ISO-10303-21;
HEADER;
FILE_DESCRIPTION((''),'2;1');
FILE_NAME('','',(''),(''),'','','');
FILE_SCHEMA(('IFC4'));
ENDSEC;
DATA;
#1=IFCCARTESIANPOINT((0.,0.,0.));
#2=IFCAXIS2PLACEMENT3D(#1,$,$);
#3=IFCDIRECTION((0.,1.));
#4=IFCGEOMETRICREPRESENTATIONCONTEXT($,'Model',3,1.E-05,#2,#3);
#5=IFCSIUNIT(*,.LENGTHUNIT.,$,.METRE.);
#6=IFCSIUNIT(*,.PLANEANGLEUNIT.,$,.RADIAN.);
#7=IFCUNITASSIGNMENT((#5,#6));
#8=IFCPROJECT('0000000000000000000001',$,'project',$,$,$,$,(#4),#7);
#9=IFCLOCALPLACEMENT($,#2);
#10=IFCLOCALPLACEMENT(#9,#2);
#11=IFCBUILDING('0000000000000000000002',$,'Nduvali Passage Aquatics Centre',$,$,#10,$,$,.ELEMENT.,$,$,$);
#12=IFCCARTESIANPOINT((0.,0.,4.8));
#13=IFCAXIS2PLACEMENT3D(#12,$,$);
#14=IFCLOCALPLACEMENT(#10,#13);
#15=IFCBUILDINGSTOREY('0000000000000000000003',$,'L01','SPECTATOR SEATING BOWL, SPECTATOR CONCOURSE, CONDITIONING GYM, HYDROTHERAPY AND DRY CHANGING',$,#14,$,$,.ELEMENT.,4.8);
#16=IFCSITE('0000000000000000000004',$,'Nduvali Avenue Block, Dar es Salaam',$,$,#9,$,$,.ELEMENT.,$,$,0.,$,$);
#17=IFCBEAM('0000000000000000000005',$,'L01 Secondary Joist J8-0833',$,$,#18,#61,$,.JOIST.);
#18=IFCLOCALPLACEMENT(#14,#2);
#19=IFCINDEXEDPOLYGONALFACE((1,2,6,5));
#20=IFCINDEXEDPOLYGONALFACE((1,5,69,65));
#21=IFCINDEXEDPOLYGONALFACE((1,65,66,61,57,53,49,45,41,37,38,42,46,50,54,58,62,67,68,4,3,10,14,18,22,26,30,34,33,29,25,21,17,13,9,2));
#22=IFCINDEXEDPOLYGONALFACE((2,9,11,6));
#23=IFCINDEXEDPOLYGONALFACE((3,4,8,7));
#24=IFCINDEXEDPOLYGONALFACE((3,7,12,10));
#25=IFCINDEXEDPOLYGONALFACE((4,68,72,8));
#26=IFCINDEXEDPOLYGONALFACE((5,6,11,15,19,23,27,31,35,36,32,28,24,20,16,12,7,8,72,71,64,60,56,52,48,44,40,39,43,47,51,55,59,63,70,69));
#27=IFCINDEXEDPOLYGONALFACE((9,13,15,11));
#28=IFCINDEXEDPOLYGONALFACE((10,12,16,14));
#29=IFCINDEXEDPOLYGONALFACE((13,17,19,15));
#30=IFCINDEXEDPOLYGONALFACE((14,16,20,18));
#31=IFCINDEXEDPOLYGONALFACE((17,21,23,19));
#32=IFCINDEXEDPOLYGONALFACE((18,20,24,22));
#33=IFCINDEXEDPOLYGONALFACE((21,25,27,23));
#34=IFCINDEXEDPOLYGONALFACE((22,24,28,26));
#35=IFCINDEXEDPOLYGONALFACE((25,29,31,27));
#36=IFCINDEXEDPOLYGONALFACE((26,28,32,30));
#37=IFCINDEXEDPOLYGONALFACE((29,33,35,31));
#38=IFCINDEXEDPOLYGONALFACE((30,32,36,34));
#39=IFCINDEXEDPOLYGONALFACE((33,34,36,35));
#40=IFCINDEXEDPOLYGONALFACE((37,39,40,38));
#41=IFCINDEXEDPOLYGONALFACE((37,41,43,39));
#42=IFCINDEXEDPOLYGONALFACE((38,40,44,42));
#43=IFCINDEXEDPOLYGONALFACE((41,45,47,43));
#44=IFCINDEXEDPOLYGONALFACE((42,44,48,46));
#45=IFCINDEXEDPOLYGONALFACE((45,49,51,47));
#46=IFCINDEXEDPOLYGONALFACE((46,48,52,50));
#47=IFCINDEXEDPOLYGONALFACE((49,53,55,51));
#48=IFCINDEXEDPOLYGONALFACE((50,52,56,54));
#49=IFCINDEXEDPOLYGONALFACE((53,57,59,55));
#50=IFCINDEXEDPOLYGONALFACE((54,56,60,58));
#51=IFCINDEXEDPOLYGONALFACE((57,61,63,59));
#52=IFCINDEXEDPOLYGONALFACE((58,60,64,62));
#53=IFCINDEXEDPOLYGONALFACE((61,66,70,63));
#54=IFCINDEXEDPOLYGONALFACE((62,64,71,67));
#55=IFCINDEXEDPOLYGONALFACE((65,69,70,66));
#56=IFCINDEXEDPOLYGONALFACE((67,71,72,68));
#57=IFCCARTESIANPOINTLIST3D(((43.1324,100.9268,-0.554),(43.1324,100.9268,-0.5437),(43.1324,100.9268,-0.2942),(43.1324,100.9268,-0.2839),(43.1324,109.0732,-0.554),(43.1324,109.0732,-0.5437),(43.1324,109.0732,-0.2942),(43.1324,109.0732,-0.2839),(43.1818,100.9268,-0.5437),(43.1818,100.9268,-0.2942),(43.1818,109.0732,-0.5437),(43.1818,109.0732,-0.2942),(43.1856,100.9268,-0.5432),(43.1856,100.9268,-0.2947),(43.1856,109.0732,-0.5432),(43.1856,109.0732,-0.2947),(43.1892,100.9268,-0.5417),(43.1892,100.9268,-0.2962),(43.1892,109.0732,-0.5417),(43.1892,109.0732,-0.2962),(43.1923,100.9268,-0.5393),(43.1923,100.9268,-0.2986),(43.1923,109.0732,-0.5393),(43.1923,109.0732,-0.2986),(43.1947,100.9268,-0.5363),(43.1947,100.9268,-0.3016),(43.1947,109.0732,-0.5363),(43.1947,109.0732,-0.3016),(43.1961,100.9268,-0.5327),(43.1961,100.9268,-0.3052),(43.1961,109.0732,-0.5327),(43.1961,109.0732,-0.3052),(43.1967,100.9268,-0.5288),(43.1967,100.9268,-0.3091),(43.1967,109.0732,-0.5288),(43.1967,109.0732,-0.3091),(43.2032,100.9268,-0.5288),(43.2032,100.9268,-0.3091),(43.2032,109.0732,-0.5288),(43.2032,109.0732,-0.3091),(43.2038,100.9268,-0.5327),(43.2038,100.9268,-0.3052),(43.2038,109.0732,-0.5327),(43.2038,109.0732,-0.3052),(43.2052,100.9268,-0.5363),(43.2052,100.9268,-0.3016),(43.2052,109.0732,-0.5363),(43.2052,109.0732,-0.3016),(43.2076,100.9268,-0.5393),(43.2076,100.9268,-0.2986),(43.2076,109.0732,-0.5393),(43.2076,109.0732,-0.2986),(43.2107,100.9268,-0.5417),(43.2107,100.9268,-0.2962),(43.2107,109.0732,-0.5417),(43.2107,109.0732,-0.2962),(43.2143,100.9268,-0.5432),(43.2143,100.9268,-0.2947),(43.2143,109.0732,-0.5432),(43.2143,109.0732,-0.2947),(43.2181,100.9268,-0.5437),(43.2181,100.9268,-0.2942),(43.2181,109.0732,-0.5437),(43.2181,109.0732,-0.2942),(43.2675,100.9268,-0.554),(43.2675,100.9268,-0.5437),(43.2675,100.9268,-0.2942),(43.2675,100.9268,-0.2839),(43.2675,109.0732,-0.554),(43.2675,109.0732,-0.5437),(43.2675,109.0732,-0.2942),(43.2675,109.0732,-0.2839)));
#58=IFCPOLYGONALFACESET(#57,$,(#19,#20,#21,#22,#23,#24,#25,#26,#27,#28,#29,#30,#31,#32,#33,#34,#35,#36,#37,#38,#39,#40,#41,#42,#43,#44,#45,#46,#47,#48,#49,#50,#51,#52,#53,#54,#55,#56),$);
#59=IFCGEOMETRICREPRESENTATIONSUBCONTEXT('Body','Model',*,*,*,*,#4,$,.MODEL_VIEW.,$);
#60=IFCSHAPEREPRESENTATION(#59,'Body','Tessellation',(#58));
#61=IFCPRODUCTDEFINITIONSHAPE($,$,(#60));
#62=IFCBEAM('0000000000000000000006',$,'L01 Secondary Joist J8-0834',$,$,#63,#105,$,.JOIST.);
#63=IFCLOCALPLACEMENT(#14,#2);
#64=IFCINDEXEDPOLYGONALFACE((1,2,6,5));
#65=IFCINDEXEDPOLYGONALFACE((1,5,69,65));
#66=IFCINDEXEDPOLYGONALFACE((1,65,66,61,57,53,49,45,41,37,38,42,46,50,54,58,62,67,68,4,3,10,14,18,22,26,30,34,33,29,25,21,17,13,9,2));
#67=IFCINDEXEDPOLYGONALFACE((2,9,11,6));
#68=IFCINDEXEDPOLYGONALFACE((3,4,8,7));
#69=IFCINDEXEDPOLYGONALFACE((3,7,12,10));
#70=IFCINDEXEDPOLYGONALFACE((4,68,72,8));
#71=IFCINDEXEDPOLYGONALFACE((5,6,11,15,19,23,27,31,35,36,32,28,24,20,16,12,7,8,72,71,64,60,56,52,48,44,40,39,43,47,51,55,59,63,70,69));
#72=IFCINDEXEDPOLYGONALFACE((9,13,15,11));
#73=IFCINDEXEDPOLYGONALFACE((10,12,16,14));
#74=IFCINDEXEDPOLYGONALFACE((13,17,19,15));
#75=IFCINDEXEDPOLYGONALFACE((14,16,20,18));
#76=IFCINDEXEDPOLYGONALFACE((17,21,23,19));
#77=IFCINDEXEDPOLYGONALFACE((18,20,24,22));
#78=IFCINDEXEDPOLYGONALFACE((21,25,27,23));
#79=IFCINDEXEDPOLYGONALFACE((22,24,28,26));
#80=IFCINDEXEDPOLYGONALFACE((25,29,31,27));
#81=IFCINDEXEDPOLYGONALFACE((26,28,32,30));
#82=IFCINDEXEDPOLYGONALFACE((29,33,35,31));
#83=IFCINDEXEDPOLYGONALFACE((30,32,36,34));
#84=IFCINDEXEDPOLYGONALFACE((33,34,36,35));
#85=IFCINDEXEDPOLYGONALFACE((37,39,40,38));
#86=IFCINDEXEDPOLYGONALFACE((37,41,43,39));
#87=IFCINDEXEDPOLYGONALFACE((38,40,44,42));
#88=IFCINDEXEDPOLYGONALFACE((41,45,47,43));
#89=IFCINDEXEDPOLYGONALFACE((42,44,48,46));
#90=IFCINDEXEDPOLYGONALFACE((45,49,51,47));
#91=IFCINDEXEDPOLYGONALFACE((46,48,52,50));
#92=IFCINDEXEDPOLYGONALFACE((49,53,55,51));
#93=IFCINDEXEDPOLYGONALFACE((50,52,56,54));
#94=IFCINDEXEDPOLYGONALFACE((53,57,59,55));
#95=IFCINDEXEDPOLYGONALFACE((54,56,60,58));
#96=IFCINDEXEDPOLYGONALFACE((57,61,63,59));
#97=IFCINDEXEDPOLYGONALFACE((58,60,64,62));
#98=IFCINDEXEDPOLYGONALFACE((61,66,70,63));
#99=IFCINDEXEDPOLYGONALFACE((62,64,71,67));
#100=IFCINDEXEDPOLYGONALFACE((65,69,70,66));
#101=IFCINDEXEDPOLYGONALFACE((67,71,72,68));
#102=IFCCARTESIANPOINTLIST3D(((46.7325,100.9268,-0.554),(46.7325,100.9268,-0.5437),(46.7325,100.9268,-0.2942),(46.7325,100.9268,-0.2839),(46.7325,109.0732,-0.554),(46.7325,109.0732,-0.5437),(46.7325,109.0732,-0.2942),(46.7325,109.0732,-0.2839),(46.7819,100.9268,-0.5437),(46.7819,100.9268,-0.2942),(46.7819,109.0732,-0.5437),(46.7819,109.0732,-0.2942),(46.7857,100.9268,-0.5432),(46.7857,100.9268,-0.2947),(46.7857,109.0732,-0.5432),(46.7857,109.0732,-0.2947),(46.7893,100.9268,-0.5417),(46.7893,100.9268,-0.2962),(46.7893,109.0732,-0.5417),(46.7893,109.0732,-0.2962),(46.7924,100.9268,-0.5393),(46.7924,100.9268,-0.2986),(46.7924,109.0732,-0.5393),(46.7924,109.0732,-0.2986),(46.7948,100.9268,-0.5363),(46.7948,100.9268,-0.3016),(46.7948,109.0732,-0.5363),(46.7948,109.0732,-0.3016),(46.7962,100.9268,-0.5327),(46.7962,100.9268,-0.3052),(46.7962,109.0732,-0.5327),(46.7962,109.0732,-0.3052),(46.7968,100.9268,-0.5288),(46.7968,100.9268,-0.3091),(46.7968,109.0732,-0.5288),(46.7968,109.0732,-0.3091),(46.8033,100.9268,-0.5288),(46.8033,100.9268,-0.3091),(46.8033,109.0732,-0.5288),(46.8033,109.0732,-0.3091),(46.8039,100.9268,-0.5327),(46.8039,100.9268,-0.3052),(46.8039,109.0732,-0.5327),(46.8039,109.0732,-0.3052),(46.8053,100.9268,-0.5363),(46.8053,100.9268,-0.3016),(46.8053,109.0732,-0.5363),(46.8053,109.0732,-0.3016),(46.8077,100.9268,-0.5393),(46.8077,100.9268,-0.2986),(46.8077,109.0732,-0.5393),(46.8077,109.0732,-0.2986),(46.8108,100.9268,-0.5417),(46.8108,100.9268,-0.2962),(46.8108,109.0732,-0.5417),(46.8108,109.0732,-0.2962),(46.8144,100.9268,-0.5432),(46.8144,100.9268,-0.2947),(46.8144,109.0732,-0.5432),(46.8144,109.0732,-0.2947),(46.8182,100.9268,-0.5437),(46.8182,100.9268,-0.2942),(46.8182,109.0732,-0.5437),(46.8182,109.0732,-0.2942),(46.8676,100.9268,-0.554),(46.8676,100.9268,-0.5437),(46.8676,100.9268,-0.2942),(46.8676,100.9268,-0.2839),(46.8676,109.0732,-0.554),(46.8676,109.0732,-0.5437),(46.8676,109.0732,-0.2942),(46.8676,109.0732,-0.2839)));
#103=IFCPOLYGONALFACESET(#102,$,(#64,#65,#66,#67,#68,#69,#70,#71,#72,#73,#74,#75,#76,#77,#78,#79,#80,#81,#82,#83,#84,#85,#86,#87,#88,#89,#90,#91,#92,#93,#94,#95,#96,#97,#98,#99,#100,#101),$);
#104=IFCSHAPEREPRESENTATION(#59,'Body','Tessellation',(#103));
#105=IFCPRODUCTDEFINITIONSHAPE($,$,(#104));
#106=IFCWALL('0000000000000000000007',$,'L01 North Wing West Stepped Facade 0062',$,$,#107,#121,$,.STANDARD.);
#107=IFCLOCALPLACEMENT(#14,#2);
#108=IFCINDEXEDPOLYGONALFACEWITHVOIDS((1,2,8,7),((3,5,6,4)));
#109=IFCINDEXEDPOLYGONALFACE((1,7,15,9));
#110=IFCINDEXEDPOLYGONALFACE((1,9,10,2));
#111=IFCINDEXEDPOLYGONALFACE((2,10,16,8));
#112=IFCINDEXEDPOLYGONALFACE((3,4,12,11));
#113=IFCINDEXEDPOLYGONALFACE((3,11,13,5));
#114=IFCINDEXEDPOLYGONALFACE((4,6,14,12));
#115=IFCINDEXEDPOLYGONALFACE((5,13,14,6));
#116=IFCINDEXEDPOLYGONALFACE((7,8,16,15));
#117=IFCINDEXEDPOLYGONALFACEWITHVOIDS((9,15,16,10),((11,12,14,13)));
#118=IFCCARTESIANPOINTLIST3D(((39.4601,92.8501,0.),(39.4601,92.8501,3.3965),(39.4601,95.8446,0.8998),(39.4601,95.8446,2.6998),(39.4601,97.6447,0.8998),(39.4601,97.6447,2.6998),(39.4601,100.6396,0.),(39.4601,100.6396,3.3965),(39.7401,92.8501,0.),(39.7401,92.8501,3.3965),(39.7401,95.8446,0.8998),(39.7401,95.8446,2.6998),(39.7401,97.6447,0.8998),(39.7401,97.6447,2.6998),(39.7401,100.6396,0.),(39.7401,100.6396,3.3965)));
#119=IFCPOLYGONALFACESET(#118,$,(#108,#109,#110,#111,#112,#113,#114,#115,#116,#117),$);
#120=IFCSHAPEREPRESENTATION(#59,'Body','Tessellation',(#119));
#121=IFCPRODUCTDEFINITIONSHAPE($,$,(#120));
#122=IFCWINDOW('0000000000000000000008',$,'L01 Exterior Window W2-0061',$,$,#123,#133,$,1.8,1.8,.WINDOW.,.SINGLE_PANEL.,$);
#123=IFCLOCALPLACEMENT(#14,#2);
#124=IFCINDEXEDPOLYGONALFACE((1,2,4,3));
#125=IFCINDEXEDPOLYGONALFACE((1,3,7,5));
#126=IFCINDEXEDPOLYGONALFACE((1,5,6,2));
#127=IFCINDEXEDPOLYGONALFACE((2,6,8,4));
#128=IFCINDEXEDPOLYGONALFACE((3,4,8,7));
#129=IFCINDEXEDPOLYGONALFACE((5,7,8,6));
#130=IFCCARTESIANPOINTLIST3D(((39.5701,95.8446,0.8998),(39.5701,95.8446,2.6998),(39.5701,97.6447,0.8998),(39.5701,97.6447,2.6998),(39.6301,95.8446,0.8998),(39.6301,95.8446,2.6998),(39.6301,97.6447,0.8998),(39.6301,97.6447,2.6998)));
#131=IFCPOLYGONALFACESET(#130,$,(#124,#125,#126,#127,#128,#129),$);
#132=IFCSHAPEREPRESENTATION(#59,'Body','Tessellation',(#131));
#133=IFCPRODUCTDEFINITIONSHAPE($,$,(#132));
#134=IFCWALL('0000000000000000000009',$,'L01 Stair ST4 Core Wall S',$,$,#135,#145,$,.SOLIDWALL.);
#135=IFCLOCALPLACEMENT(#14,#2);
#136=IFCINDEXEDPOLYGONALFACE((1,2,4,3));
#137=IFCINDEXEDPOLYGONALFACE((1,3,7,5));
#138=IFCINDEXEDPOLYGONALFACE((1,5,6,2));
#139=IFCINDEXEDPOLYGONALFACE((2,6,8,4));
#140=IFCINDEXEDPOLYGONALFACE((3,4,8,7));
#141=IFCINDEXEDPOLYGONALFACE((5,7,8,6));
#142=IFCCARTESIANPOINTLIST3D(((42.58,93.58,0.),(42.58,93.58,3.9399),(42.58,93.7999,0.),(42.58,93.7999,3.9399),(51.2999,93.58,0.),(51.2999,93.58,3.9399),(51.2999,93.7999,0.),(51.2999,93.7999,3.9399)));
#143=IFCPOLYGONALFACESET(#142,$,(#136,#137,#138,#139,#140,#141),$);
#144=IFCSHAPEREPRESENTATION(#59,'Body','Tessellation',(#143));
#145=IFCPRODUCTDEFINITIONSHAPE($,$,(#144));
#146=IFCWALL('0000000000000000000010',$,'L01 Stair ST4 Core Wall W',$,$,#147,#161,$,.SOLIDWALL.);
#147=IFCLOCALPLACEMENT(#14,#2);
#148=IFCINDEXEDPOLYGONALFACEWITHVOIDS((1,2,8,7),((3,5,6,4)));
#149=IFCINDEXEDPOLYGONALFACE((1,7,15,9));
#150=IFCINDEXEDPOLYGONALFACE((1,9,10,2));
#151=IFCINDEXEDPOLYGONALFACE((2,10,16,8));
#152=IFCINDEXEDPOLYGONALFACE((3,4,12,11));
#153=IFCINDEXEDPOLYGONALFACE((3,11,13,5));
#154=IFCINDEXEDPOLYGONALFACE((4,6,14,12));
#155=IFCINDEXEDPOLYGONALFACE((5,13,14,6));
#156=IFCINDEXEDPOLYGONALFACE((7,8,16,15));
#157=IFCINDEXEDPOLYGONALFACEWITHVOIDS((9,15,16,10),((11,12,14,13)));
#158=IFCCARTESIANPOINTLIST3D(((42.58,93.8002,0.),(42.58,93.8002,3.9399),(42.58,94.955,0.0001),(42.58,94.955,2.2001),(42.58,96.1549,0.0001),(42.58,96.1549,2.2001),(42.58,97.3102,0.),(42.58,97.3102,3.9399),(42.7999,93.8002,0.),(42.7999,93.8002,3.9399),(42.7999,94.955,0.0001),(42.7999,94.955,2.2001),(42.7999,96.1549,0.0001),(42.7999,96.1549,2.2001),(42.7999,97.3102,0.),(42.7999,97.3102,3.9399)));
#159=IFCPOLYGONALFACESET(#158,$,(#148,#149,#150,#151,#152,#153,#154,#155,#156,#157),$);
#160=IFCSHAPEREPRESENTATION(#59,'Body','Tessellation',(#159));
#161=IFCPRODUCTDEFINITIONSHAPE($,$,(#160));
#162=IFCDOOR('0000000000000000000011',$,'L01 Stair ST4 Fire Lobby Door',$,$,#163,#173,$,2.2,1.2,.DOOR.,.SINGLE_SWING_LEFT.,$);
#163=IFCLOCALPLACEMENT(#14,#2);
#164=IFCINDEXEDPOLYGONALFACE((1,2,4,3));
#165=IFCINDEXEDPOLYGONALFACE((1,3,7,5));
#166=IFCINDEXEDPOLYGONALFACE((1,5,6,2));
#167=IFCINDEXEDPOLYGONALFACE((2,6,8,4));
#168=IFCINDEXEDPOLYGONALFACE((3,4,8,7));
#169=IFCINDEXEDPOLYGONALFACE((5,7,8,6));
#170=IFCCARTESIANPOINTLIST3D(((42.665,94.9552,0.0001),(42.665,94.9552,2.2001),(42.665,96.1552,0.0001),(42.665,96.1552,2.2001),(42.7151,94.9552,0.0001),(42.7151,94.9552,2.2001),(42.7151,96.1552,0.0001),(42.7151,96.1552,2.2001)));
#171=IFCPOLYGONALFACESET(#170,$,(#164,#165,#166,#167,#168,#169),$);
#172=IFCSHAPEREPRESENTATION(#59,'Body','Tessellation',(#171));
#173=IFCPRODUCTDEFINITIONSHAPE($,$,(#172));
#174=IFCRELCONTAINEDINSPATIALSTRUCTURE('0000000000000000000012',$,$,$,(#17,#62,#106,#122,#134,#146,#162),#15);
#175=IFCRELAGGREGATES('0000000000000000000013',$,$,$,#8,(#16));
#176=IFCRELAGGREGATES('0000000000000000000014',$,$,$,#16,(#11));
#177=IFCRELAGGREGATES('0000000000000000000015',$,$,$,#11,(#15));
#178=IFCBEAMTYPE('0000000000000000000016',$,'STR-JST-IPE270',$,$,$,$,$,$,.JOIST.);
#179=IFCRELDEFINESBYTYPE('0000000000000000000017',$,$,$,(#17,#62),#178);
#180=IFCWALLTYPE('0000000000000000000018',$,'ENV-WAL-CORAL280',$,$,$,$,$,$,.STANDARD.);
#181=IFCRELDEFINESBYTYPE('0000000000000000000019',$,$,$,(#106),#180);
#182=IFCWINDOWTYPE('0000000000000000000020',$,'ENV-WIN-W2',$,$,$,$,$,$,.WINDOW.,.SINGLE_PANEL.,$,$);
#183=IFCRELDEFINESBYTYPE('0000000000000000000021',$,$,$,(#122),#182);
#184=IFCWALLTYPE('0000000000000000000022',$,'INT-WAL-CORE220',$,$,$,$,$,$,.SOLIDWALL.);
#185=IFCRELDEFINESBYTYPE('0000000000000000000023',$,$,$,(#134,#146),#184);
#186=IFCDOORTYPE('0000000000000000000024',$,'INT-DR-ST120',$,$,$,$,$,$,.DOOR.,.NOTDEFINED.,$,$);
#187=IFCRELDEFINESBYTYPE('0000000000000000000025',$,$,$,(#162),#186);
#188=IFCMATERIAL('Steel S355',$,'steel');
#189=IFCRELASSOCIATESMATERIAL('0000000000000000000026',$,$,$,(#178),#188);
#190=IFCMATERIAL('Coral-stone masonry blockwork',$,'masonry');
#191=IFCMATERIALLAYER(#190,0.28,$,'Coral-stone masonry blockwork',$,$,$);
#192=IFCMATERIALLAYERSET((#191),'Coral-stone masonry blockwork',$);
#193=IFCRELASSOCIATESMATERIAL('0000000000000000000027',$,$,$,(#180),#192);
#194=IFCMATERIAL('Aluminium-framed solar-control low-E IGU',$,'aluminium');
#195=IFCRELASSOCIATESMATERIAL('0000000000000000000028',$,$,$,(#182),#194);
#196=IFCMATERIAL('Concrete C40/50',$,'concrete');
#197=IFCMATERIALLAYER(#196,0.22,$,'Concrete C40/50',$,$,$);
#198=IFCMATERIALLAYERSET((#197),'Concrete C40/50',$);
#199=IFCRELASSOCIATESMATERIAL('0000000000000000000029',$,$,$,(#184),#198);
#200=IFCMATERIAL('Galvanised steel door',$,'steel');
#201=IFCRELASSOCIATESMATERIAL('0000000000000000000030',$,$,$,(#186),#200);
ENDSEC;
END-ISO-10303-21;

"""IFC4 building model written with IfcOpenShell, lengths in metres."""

from ifc_helpers import new_model, si_unit, direction, frame, frame_2d, origin, origin_2d, place, context, subcontext, project, spatial, rectangle, i_section, extrude, material, layer, layer_set, material_profile, profile_set, type_object, element, fill, save


model = new_model("IFC4")

# Units and contexts
model_context = context("Model", 3, precision=1e-05, world=origin(), true_north=direction((0.0, 1.0)))
body_context = subcontext(model_context, "Body", "Model", "MODEL_VIEW")
ifc_project = project(units=[si_unit("LENGTHUNIT", "METRE"), si_unit("PLANEANGLEUNIT", "RADIAN")], contexts=[model_context])

# Site, building, storey
site_placement = place(None, origin())
site = spatial("IfcSite", under=ifc_project, at=site_placement, Name="Nduvali Avenue Block, Dar es Salaam", CompositionType="ELEMENT", RefElevation=0.0)
building_placement = place(site_placement, origin())
building = spatial("IfcBuilding", under=site, at=building_placement, Name="Nduvali Passage Aquatics Centre", CompositionType="ELEMENT")
storey_placement = place(building_placement, frame((0.0, 0.0, 4.8)))
storey = spatial("IfcBuildingStorey", under=building, at=storey_placement, Name="L01", Description="SPECTATOR SEATING BOWL, SPECTATOR CONCOURSE, CONDITIONING GYM, HYDROTHERAPY AND DRY CHANGING", CompositionType="ELEMENT", Elevation=4.8)

# Shared definitions
ifc_material_1 = material(Name="Steel S355", Category="steel")

# Beams
ifc_material_profile_1 = material_profile(ifc_material_1, i_section(OverallWidth=0.135, OverallDepth=0.27, WebThickness=0.0066, FlangeThickness=0.0103, FilletRadius=0.0149, at=origin_2d()), Name="IPE 270")
ifc_profile_set_1 = profile_set([ifc_material_profile_1], Name="Steel S355")
beam_type_1 = type_object("IfcBeamType", Name="STR-JST-IPE270", PredefinedType="JOIST", material=ifc_profile_set_1)
for number, where, z_axis, x_axis, name in (
    (1, (43.2, 100.9268, -0.4189), (0.0, 1.0, 0.0), (-1.0, 0.0, 0.0), "L01 Secondary Joist J8-0833"),
    (2, (46.8, 100.9268, -0.4189), (0.0, 1.0, 0.0), (-1.0, 0.0, 0.0), "L01 Secondary Joist J8-0834"),
):
    element("IfcBeam", number, at=place(storey_placement, frame(where, z_axis=z_axis, x_axis=x_axis)), inside=storey, type_object=beam_type_1, Name=name, PredefinedType="JOIST", context=body_context, shape_type="SweptSolid", body=[
        extrude(i_section(OverallWidth=0.135, OverallDepth=0.27, WebThickness=0.0066, FlangeThickness=0.0103, FilletRadius=0.0149, at=origin_2d()), origin(), (0.0, 0.0, 1.0), 8.1465),
    ])

# Wall, opening, window
ifc_material_2 = material(Name="Coral-stone masonry blockwork", Category="masonry")
ifc_layer_1 = layer(ifc_material_2, 0.28, Name="Coral-stone masonry blockwork")
ifc_layer_set_1 = layer_set([ifc_layer_1], Name="Coral-stone masonry blockwork")
wall_type_1 = type_object("IfcWallType", Name="ENV-WAL-CORAL280", PredefinedType="STANDARD", material=ifc_layer_set_1)
wall_1_placement = place(storey_placement, frame((39.6001, 100.6396, 0.0), z_axis=(0.0, 0.0, 1.0), x_axis=(0.0, -1.0, 0.0)))
wall_1 = element("IfcWall", 3, at=wall_1_placement, inside=storey, type_object=wall_type_1, Name="L01 North Wing West Stepped Facade 0062", PredefinedType="STANDARD", context=body_context, shape_type="SweptSolid", body=[
    extrude(rectangle(XDim=7.7896, YDim=0.28, at=frame_2d((3.8948, 0.0))), origin(), (0.0, 0.0, 1.0), 3.3965),
])
opening_1_placement = place(wall_1_placement, frame((2.9951, 0.0, 0.8999)))
opening_1 = element("IfcOpeningElement", 4, at=opening_1_placement, cuts=wall_1, PredefinedType="OPENING", context=body_context, shape_type="SweptSolid", body=[
    extrude(rectangle(XDim=1.8, YDim=1.8, at=frame_2d((0.8999, 0.8999))), frame((0.0, 0.1548, 0.0), z_axis=(0.0, -1.0, 0.0), x_axis=(1.0, 0.0, 0.0)), (0.0, 0.0, 1.0), 0.3098),
])
ifc_material_3 = material(Name="Aluminium-framed solar-control low-E IGU", Category="aluminium")
window_type = type_object("IfcWindowType", Name="ENV-WIN-W2", PartitioningType="SINGLE_PANEL", PredefinedType="WINDOW", material=ifc_material_3)
window_placement = place(opening_1_placement, origin())
window = element("IfcWindow", 5, at=window_placement, inside=storey, type_object=window_type, Name="L01 Exterior Window W2-0061", OverallHeight=1.8, OverallWidth=1.8, PartitioningType="SINGLE_PANEL", PredefinedType="WINDOW", context=body_context, shape_type="SweptSolid", body=[
    extrude(rectangle(XDim=1.8, YDim=1.8, at=frame_2d((0.8999, 0.8999))), frame((0.0, 0.03, 0.0), z_axis=(0.0, -1.0, 0.0), x_axis=(1.0, 0.0, 0.0)), (0.0, 0.0, 1.0), 0.0601),
])
fill(opening_1, window)

# Wall
ifc_material_4 = material(Name="Concrete C40/50", Category="concrete")
ifc_layer_2 = layer(ifc_material_4, 0.22, Name="Concrete C40/50")
ifc_layer_set_2 = layer_set([ifc_layer_2], Name="Concrete C40/50")
wall_type_2 = type_object("IfcWallType", Name="INT-WAL-CORE220", PredefinedType="SOLIDWALL", material=ifc_layer_set_2)
wall_2_placement = place(storey_placement, frame((42.5801, 93.6899, 0.0), z_axis=(0.0, 0.0, 1.0), x_axis=(1.0, 0.0, 0.0)))
element("IfcWall", 6, at=wall_2_placement, inside=storey, type_object=wall_type_2, Name="L01 Stair ST4 Core Wall S", PredefinedType="SOLIDWALL", context=body_context, shape_type="SweptSolid", body=[
    extrude(rectangle(XDim=8.72, YDim=0.22, at=frame_2d((4.3599, 0.0))), origin(), (0.0, 0.0, 1.0), 3.9399),
])

# Wall, opening, door
wall_3_placement = place(storey_placement, frame((42.6899, 97.3101, 0.0), z_axis=(0.0, 0.0, 1.0), x_axis=(0.0, -1.0, 0.0)))
wall_3 = element("IfcWall", 7, at=wall_3_placement, inside=storey, type_object=wall_type_2, Name="L01 Stair ST4 Core Wall W", PredefinedType="SOLIDWALL", context=body_context, shape_type="SweptSolid", body=[
    extrude(rectangle(XDim=3.51, YDim=0.22, at=frame_2d((1.7549, 0.0))), origin(), (0.0, 0.0, 1.0), 3.9399),
])
opening_2_placement = place(wall_3_placement, frame((1.155, 0.0, 0.0)))
opening_2 = element("IfcOpeningElement", 8, at=opening_2_placement, cuts=wall_3, PredefinedType="OPENING", context=body_context, shape_type="SweptSolid", body=[
    extrude(rectangle(XDim=1.2, YDim=2.2, at=frame_2d((0.6001, 1.1001))), frame((0.0, 0.125, 0.0), z_axis=(0.0, -1.0, 0.0), x_axis=(1.0, 0.0, 0.0)), (0.0, 0.0, 1.0), 0.2498),
])
ifc_material_5 = material(Name="Galvanised steel door", Category="steel")
door_type = type_object("IfcDoorType", Name="INT-DR-ST120", OperationType="NOTDEFINED", PredefinedType="DOOR", material=ifc_material_5)
door_placement = place(opening_2_placement, frame((1.2, 0.0, 0.0), z_axis=(0.0, 0.0, 1.0), x_axis=(-1.0, 0.0, 0.0)))
door = element("IfcDoor", 9, at=door_placement, inside=storey, type_object=door_type, Name="L01 Stair ST4 Fire Lobby Door", OperationType="SINGLE_SWING_LEFT", OverallHeight=2.2, OverallWidth=1.2, PredefinedType="DOOR", context=body_context, shape_type="SweptSolid", body=[
    extrude(rectangle(XDim=1.2, YDim=2.2, at=frame_2d((0.6001, 1.1001))), frame((0.0, 0.0249, 0.0), z_axis=(0.0, -1.0, 0.0), x_axis=(1.0, 0.0, 0.0)), (0.0, 0.0, 1.0), 0.05),
])
fill(opening_2, door)

save(model, "model.ifc")
